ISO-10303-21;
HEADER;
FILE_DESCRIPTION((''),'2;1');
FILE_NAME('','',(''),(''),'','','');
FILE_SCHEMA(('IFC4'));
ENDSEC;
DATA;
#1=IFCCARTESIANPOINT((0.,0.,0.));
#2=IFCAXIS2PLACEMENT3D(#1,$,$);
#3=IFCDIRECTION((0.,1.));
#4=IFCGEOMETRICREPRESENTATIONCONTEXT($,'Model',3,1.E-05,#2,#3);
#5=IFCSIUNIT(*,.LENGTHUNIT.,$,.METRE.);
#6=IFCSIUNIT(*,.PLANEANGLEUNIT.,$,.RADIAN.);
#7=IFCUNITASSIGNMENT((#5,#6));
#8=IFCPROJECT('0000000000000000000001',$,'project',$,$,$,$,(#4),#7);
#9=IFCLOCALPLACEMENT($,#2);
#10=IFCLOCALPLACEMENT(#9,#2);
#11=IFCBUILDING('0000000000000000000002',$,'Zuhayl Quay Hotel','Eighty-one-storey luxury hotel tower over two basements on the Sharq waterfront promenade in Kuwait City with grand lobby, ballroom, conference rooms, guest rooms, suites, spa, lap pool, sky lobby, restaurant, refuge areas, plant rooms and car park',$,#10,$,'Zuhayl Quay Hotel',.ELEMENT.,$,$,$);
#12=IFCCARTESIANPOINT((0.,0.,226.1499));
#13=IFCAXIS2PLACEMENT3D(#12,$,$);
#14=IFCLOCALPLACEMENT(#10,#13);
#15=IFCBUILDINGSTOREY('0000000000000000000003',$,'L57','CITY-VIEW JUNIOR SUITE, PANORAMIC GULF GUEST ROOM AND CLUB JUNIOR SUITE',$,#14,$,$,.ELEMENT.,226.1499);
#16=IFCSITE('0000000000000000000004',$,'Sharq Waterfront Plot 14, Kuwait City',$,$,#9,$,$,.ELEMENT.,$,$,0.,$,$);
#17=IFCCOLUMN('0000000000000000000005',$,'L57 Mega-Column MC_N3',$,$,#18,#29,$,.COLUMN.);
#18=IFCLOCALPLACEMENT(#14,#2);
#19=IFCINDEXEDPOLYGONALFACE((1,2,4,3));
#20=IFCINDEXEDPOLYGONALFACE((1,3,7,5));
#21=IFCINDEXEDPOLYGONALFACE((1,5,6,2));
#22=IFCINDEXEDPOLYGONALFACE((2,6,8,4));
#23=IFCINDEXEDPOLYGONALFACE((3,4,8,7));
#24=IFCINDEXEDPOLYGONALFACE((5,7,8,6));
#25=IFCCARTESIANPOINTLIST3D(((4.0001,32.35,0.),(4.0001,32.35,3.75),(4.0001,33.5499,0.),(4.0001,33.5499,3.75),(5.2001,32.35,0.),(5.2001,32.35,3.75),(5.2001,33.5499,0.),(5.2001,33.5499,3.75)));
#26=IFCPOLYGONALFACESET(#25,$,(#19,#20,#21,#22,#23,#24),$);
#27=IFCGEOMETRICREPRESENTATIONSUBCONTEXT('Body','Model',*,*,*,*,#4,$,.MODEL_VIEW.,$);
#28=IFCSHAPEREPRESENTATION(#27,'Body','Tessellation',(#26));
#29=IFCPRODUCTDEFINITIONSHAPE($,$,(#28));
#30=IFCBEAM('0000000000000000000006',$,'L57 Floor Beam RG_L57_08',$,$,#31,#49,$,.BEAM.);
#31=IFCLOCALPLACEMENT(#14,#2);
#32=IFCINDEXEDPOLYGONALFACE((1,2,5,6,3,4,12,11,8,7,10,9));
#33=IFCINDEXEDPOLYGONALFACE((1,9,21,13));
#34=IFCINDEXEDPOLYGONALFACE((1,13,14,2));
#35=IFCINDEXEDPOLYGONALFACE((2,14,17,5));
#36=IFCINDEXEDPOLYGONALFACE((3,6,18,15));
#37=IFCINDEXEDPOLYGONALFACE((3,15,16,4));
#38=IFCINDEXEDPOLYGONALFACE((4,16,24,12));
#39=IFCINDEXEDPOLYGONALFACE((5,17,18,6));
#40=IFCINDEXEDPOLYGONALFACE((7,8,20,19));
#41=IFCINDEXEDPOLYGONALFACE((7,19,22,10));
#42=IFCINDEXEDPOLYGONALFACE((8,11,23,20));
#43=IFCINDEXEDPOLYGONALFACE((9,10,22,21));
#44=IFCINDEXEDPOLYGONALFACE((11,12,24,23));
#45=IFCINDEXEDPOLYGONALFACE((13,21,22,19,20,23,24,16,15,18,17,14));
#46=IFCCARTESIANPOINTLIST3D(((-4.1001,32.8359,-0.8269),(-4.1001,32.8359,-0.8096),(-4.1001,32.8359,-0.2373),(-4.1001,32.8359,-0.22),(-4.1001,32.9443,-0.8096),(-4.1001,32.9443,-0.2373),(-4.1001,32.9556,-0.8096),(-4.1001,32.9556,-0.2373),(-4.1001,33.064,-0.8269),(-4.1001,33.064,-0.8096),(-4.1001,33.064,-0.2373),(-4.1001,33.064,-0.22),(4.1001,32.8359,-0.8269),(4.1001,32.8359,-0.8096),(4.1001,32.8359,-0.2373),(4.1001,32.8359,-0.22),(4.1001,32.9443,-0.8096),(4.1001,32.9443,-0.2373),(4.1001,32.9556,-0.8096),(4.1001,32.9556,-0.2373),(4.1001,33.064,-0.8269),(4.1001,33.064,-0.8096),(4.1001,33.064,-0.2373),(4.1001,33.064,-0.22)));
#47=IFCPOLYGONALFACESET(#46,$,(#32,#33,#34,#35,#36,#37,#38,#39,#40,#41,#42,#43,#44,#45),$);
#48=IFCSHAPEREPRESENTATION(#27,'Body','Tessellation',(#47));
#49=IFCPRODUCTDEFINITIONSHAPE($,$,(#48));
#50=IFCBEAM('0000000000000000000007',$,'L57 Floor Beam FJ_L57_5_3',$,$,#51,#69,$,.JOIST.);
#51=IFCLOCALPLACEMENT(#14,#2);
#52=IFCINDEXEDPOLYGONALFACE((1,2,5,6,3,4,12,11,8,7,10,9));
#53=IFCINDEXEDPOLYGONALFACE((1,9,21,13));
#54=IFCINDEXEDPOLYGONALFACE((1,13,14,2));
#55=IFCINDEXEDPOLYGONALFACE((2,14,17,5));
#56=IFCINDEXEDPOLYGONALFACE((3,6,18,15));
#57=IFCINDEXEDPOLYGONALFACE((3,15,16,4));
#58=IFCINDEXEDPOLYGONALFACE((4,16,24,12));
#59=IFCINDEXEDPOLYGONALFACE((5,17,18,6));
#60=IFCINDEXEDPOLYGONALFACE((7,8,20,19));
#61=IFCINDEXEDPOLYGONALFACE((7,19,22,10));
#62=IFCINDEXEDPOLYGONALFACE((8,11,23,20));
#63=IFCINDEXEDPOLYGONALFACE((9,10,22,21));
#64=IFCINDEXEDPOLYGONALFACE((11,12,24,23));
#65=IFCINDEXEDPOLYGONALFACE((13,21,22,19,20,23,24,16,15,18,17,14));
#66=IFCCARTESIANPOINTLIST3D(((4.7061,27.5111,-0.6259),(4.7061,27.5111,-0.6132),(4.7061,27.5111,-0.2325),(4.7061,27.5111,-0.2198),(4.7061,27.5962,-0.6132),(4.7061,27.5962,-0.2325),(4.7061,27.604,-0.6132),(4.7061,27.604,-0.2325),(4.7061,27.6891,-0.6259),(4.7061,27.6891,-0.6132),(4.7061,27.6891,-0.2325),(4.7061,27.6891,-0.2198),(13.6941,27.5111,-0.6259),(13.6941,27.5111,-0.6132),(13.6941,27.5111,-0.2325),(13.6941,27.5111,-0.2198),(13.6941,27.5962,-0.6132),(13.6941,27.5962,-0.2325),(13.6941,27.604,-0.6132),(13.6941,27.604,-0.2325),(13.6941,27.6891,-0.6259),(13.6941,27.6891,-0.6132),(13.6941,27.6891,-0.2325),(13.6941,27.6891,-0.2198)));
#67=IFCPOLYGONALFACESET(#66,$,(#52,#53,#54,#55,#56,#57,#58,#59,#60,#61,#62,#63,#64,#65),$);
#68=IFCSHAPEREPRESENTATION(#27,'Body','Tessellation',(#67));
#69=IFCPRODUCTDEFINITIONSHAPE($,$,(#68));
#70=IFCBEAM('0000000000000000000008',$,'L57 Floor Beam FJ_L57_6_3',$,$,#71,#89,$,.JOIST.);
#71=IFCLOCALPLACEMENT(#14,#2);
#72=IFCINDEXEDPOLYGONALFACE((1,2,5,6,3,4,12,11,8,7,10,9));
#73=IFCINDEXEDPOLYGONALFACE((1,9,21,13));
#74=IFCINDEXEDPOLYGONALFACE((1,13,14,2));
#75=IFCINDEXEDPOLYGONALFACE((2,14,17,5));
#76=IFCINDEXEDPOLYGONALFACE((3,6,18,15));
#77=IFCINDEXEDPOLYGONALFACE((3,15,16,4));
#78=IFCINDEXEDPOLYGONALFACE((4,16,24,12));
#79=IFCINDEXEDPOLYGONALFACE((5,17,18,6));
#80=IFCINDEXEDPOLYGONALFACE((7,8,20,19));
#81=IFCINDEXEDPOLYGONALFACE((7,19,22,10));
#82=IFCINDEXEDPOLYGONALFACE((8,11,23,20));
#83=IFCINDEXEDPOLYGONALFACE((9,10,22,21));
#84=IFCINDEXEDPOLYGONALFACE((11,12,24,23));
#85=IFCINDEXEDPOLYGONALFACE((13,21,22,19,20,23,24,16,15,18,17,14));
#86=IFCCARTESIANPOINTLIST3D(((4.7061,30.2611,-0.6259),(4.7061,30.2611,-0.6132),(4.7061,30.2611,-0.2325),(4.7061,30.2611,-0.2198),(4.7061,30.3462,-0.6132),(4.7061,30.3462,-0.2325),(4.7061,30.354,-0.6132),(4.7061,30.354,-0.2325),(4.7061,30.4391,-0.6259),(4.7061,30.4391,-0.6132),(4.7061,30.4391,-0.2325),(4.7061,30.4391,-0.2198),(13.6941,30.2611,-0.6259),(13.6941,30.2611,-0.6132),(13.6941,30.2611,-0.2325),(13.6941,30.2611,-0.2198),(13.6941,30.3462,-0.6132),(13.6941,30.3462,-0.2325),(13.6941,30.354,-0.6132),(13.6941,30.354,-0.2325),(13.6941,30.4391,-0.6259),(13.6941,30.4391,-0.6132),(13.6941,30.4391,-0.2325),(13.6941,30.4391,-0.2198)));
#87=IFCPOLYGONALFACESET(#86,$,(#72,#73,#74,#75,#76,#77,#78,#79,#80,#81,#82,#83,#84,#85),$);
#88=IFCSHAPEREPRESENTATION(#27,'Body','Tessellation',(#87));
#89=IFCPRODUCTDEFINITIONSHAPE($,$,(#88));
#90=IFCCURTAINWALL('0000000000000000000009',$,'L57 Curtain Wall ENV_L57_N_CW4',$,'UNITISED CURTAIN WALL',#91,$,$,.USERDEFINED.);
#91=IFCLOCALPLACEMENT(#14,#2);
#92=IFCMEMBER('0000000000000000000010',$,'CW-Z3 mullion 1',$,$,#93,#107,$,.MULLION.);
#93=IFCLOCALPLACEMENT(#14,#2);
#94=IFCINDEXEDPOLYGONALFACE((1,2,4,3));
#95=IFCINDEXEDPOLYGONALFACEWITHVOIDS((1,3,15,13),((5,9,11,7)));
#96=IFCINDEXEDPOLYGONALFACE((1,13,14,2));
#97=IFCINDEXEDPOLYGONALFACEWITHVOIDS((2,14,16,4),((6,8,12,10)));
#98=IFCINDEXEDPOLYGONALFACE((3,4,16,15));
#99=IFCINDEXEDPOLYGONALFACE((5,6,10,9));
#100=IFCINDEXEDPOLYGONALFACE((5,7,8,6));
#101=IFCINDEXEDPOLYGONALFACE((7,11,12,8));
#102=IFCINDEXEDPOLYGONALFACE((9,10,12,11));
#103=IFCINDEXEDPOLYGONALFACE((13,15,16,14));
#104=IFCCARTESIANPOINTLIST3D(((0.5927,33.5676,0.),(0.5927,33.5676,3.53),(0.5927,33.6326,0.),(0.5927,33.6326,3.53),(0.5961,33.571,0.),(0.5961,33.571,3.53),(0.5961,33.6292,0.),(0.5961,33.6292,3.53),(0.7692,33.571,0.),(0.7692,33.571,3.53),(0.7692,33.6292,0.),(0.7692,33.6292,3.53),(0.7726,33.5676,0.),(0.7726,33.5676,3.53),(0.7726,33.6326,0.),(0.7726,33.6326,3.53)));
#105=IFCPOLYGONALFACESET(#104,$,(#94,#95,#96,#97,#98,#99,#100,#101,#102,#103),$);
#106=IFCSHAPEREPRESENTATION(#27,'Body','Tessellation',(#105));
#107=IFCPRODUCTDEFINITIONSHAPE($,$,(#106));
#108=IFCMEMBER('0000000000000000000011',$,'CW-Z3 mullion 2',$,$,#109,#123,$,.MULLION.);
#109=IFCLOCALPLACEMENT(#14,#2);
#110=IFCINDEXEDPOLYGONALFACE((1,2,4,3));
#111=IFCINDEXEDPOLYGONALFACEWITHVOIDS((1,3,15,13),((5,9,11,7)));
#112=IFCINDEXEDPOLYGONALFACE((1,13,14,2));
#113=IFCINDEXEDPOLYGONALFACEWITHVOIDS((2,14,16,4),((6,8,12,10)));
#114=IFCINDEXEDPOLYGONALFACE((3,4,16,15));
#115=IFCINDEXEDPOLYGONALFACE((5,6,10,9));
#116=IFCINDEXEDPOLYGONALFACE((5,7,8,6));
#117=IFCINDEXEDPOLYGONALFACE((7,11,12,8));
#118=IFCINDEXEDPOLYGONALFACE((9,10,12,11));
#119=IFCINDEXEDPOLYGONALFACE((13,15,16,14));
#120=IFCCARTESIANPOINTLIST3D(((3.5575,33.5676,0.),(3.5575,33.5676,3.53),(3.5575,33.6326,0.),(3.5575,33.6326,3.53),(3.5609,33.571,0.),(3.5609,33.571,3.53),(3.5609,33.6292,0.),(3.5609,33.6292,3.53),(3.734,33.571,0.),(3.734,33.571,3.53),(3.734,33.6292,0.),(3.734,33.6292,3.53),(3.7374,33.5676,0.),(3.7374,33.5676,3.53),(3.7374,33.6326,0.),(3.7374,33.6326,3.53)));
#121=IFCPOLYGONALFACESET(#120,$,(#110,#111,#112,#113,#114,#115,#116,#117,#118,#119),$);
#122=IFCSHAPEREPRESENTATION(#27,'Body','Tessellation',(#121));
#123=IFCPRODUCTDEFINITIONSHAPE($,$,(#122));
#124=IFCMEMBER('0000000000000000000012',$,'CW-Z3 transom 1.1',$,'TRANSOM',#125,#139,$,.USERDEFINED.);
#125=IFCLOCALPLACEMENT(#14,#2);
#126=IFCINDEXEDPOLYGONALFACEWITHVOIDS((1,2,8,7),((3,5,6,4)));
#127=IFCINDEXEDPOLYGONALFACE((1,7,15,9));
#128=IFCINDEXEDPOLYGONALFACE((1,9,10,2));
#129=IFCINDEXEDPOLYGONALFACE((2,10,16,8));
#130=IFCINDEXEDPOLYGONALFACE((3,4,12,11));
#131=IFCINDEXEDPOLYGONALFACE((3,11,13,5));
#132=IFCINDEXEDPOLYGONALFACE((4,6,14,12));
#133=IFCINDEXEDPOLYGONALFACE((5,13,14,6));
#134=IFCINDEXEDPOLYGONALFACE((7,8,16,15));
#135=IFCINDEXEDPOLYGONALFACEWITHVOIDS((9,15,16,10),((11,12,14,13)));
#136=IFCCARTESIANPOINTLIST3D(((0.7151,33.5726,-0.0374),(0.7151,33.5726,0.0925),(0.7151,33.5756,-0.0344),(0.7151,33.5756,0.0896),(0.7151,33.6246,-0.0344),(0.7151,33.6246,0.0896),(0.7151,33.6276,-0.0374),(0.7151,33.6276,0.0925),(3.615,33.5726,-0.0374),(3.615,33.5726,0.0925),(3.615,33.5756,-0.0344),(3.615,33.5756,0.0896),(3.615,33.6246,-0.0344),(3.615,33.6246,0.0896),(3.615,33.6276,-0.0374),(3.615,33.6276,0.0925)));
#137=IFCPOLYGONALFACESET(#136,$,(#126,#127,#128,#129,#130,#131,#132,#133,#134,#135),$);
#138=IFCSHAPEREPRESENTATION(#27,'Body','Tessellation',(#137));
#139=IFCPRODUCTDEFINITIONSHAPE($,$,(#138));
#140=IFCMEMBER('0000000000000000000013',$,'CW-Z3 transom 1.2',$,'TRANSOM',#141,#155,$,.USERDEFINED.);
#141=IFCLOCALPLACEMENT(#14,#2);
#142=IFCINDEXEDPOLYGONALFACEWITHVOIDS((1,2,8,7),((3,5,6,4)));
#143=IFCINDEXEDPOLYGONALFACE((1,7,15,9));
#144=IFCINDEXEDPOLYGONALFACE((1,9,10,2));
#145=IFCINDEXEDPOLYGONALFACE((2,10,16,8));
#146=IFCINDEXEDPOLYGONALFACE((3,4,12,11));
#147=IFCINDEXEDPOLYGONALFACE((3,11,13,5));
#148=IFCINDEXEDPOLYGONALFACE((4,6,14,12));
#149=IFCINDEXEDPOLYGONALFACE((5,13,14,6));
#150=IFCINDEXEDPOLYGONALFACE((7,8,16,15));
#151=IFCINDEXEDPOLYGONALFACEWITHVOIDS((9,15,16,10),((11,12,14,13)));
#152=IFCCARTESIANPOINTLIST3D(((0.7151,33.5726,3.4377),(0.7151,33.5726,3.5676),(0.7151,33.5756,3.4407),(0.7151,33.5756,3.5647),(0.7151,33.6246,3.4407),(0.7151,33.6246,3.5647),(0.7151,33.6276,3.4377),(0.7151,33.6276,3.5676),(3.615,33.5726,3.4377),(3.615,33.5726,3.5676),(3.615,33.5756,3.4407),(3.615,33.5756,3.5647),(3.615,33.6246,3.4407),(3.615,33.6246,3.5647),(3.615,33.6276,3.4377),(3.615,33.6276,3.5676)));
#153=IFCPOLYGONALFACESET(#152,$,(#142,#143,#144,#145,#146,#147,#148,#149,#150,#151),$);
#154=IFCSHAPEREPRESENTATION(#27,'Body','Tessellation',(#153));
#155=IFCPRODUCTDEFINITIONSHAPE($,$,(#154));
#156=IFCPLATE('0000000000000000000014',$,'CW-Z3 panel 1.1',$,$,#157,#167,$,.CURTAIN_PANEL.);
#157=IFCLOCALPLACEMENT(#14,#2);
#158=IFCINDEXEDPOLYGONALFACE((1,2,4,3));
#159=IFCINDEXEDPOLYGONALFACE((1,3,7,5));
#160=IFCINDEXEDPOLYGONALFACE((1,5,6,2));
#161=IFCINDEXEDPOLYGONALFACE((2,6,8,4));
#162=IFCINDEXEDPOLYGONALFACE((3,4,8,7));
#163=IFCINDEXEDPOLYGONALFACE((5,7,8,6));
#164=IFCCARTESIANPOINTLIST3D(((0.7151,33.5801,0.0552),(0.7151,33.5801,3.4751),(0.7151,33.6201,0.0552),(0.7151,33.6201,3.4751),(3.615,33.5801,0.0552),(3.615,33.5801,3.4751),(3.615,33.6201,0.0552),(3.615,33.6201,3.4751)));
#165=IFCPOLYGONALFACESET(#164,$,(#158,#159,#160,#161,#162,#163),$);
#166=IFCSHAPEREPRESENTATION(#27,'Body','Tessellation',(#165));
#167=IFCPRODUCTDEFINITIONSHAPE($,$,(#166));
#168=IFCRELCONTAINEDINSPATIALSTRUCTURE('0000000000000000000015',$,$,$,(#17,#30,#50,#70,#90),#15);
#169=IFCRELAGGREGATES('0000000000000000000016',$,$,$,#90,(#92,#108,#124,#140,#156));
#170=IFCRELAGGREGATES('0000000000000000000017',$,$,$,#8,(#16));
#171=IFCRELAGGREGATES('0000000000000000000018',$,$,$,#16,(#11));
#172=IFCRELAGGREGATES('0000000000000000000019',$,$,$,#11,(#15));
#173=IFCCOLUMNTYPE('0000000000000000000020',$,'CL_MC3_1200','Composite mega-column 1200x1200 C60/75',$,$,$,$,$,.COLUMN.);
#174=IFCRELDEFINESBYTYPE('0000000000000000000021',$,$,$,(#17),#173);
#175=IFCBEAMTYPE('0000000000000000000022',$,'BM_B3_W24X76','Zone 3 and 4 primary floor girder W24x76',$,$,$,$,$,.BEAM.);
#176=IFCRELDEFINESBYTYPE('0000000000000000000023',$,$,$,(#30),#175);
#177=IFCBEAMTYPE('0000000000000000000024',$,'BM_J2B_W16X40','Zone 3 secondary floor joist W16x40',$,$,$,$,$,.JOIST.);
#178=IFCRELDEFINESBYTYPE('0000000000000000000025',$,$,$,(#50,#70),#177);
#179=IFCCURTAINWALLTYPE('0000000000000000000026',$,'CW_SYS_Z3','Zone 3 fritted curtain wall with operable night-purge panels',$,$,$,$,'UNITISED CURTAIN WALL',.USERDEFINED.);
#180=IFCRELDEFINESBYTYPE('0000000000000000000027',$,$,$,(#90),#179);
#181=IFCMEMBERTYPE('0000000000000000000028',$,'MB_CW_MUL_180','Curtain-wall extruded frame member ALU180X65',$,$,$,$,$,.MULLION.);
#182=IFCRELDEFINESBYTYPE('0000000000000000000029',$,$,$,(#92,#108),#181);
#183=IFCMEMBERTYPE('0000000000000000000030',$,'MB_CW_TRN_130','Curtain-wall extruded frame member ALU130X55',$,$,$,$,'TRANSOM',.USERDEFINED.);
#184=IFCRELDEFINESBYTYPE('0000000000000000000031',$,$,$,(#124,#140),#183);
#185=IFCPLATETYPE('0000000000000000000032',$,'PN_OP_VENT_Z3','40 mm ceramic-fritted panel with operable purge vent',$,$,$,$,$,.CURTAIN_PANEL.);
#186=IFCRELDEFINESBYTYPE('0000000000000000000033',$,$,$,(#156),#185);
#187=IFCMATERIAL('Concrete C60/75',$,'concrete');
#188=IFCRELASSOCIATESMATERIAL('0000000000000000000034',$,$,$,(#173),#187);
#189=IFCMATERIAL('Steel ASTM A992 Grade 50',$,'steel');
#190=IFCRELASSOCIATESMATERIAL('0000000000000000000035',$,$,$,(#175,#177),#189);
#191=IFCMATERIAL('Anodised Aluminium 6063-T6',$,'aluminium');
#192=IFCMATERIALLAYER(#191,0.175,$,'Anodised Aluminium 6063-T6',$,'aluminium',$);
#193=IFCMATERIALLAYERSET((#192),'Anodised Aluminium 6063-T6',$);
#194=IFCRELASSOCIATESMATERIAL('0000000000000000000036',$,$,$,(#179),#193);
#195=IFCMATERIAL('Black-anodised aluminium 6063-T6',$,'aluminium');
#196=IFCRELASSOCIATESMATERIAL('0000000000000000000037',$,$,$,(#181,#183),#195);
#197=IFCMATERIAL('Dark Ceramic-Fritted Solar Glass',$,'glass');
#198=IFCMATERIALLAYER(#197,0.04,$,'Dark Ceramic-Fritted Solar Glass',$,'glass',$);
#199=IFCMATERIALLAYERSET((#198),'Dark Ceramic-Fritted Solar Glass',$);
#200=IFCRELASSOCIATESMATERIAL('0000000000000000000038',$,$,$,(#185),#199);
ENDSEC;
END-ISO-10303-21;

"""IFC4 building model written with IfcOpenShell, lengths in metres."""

from ifc_helpers import new_model, si_unit, direction, frame, origin, origin_2d, place, context, subcontext, project, spatial, rectangle, hollow_rectangle, i_section, extrude, material, layer, layer_set, material_profile, profile_set, type_object, element, aggregate, save


model = new_model("IFC4")

# Units and contexts
model_context = context("Model", 3, precision=1e-05, world=origin(), true_north=direction((0.0, 1.0)))
body_context = subcontext(model_context, "Body", "Model", "MODEL_VIEW")
ifc_project = project(units=[si_unit("LENGTHUNIT", "METRE"), si_unit("PLANEANGLEUNIT", "RADIAN")], contexts=[model_context])

# Site, building, storey
site_placement = place(None, origin())
site = spatial("IfcSite", under=ifc_project, at=site_placement, Name="Sharq Waterfront Plot 14, Kuwait City", CompositionType="ELEMENT", RefElevation=0.0)
building_placement = place(site_placement, origin())
building = spatial("IfcBuilding", under=site, at=building_placement, Name="Zuhayl Quay Hotel", Description="Eighty-one-storey luxury hotel tower over two basements on the Sharq waterfront promenade in Kuwait City with grand lobby, ballroom, conference rooms, guest rooms, suites, spa, lap pool, sky lobby, restaurant, refuge areas, plant rooms and car park", LongName="Zuhayl Quay Hotel", CompositionType="ELEMENT")
storey_placement = place(building_placement, frame((0.0, 0.0, 226.1499)))
storey = spatial("IfcBuildingStorey", under=building, at=storey_placement, Name="L57", Description="CITY-VIEW JUNIOR SUITE, PANORAMIC GULF GUEST ROOM AND CLUB JUNIOR SUITE", CompositionType="ELEMENT", Elevation=226.1499)

# Column
ifc_material_1 = material(Name="Concrete C60/75", Category="concrete")
ifc_material_profile_1 = material_profile(ifc_material_1, rectangle(XDim=1.2, YDim=1.2, at=origin_2d()), Name="RC1200X1200")
ifc_profile_set_1 = profile_set([ifc_material_profile_1], Name="Concrete C60/75")
column_type = type_object("IfcColumnType", Name="CL_MC3_1200", Description="Composite mega-column 1200x1200 C60/75", PredefinedType="COLUMN", material=ifc_profile_set_1)
column_placement = place(storey_placement, frame((4.6001, 32.95, 0.0), z_axis=(0.0, 0.0, 1.0), x_axis=(1.0, 0.0, 0.0)))
element("IfcColumn", 1, at=column_placement, inside=storey, type_object=column_type, Name="L57 Mega-Column MC_N3", PredefinedType="COLUMN", context=body_context, shape_type="SweptSolid", body=[
    extrude(rectangle(XDim=1.2, YDim=1.2, at=origin_2d()), origin(), (0.0, 0.0, 1.0), 3.75),
])

# Beams
ifc_material_2 = material(Name="Steel ASTM A992 Grade 50", Category="steel")
ifc_material_profile_2 = material_profile(ifc_material_2, i_section(OverallWidth=0.228, OverallDepth=0.6069, WebThickness=0.0112, FlangeThickness=0.0173, at=origin_2d()), Name="W24X76")
ifc_profile_set_2 = profile_set([ifc_material_profile_2], Name="Steel ASTM A992 Grade 50")
beam_type_1 = type_object("IfcBeamType", Name="BM_B3_W24X76", Description="Zone 3 and 4 primary floor girder W24x76", PredefinedType="BEAM", material=ifc_profile_set_2)
beam_placement = place(storey_placement, frame((4.1001, 32.95, -0.5234), z_axis=(-1.0, 0.0, 0.0), x_axis=(0.0, -1.0, 0.0)))
element("IfcBeam", 2, at=beam_placement, inside=storey, type_object=beam_type_1, Name="L57 Floor Beam RG_L57_08", PredefinedType="BEAM", context=body_context, shape_type="SweptSolid", body=[
    extrude(i_section(OverallWidth=0.228, OverallDepth=0.6069, WebThickness=0.0112, FlangeThickness=0.0173, at=origin_2d()), origin(), (0.0, 0.0, 1.0), 8.2002),
])
ifc_material_profile_3 = material_profile(ifc_material_2, i_section(OverallWidth=0.178, OverallDepth=0.406, WebThickness=0.0078, FlangeThickness=0.0127, at=origin_2d()), Name="W16X40")
ifc_profile_set_3 = profile_set([ifc_material_profile_3], Name="Steel ASTM A992 Grade 50")
beam_type_2 = type_object("IfcBeamType", Name="BM_J2B_W16X40", Description="Zone 3 secondary floor joist W16x40", PredefinedType="JOIST", material=ifc_profile_set_3)
for number, where, z_axis, x_axis, name in (
    (3, (4.7061, 27.6001, -0.4229), (1.0, 0.0, 0.0), (0.0, 1.0, 0.0), "L57 Floor Beam FJ_L57_5_3"),
    (4, (4.7061, 30.3501, -0.4229), (1.0, 0.0, 0.0), (0.0, 1.0, 0.0), "L57 Floor Beam FJ_L57_6_3"),
):
    element("IfcBeam", number, at=place(storey_placement, frame(where, z_axis=z_axis, x_axis=x_axis)), inside=storey, type_object=beam_type_2, Name=name, PredefinedType="JOIST", context=body_context, shape_type="SweptSolid", body=[
        extrude(i_section(OverallWidth=0.178, OverallDepth=0.406, WebThickness=0.0078, FlangeThickness=0.0127, at=origin_2d()), origin(), (0.0, 0.0, 1.0), 8.988),
    ])

# Curtain wall, members, plate
ifc_material_3 = material(Name="Anodised Aluminium 6063-T6", Category="aluminium")
ifc_layer_1 = layer(ifc_material_3, 0.175, Name="Anodised Aluminium 6063-T6", Category="aluminium")
ifc_layer_set_1 = layer_set([ifc_layer_1], Name="Anodised Aluminium 6063-T6")
curtain_wall_type = type_object("IfcCurtainWallType", Name="CW_SYS_Z3", Description="Zone 3 fritted curtain wall with operable night-purge panels", ElementType="UNITISED CURTAIN WALL", PredefinedType="USERDEFINED", material=ifc_layer_set_1)
curtain_wall_placement = place(storey_placement, origin())
curtain_wall = element("IfcCurtainWall", 5, at=curtain_wall_placement, inside=storey, type_object=curtain_wall_type, Name="L57 Curtain Wall ENV_L57_N_CW4", ObjectType="UNITISED CURTAIN WALL", PredefinedType="USERDEFINED")
ifc_material_4 = material(Name="Black-anodised aluminium 6063-T6", Category="aluminium")
ifc_material_profile_4 = material_profile(ifc_material_4, hollow_rectangle(XDim=0.0649, YDim=0.1799, WallThickness=0.0034, at=origin_2d()), Name="ALU180X65")
ifc_profile_set_4 = profile_set([ifc_material_profile_4], Name="Black-anodised aluminium 6063-T6")
member_type_1 = type_object("IfcMemberType", Name="MB_CW_MUL_180", Description="Curtain-wall extruded frame member ALU180X65", PredefinedType="MULLION", material=ifc_profile_set_4)
member_1_placement = place(storey_placement, frame((0.6826, 33.6001, 0.0), z_axis=(0.0, 0.0, 1.0), x_axis=(0.0, 1.0, 0.0)))
member_1 = element("IfcMember", 6, at=member_1_placement, type_object=member_type_1, Name="CW-Z3 mullion 1", PredefinedType="MULLION", context=body_context, shape_type="SweptSolid", body=[
    extrude(hollow_rectangle(XDim=0.0649, YDim=0.1799, WallThickness=0.0034, at=origin_2d()), origin(), (0.0, 0.0, 1.0), 3.53),
])
member_2_placement = place(storey_placement, frame((3.6475, 33.6001, 0.0), z_axis=(0.0, 0.0, 1.0), x_axis=(0.0, 1.0, 0.0)))
member_2 = element("IfcMember", 7, at=member_2_placement, type_object=member_type_1, Name="CW-Z3 mullion 2", PredefinedType="MULLION", context=body_context, shape_type="SweptSolid", body=[
    extrude(hollow_rectangle(XDim=0.0649, YDim=0.1799, WallThickness=0.0034, at=origin_2d()), origin(), (0.0, 0.0, 1.0), 3.53),
])
ifc_material_profile_5 = material_profile(ifc_material_4, hollow_rectangle(XDim=0.0549, YDim=0.1299, WallThickness=0.0029, at=origin_2d()), Name="ALU130X55")
ifc_profile_set_5 = profile_set([ifc_material_profile_5], Name="Black-anodised aluminium 6063-T6")
member_type_2 = type_object("IfcMemberType", Name="MB_CW_TRN_130", Description="Curtain-wall extruded frame member ALU130X55", ElementType="TRANSOM", PredefinedType="USERDEFINED", material=ifc_profile_set_5)
member_3_placement = place(storey_placement, frame((0.7151, 33.6001, 0.0276), z_axis=(1.0, 0.0, 0.0), x_axis=(0.0, 1.0, 0.0)))
member_3 = element("IfcMember", 8, at=member_3_placement, type_object=member_type_2, Name="CW-Z3 transom 1.1", ObjectType="TRANSOM", PredefinedType="USERDEFINED", context=body_context, shape_type="SweptSolid", body=[
    extrude(hollow_rectangle(XDim=0.0549, YDim=0.1299, WallThickness=0.0029, at=origin_2d()), origin(), (0.0, 0.0, 1.0), 2.8999),
])
member_4_placement = place(storey_placement, frame((0.7151, 33.6001, 3.5027), z_axis=(1.0, 0.0, 0.0), x_axis=(0.0, 1.0, 0.0)))
member_4 = element("IfcMember", 9, at=member_4_placement, type_object=member_type_2, Name="CW-Z3 transom 1.2", ObjectType="TRANSOM", PredefinedType="USERDEFINED", context=body_context, shape_type="SweptSolid", body=[
    extrude(hollow_rectangle(XDim=0.0549, YDim=0.1299, WallThickness=0.0029, at=origin_2d()), origin(), (0.0, 0.0, 1.0), 2.8999),
])
ifc_material_5 = material(Name="Dark Ceramic-Fritted Solar Glass", Category="glass")
ifc_layer_2 = layer(ifc_material_5, 0.04, Name="Dark Ceramic-Fritted Solar Glass", Category="glass")
ifc_layer_set_2 = layer_set([ifc_layer_2], Name="Dark Ceramic-Fritted Solar Glass")
plate_type = type_object("IfcPlateType", Name="PN_OP_VENT_Z3", Description="40 mm ceramic-fritted panel with operable purge vent", PredefinedType="CURTAIN_PANEL", material=ifc_layer_set_2)
plate_placement = place(storey_placement, frame((2.165, 33.6001, 0.0552), z_axis=(0.0, 0.0, 1.0), x_axis=(1.0, 0.0, 0.0)))
plate = element("IfcPlate", 10, at=plate_placement, type_object=plate_type, Name="CW-Z3 panel 1.1", PredefinedType="CURTAIN_PANEL", context=body_context, shape_type="SweptSolid", body=[
    extrude(rectangle(XDim=2.8999, YDim=0.04, at=origin_2d()), origin(), (0.0, 0.0, 1.0), 3.4199),
])
aggregate(curtain_wall, [member_1, member_2, member_3, member_4, plate])

save(model, "model.ifc")
